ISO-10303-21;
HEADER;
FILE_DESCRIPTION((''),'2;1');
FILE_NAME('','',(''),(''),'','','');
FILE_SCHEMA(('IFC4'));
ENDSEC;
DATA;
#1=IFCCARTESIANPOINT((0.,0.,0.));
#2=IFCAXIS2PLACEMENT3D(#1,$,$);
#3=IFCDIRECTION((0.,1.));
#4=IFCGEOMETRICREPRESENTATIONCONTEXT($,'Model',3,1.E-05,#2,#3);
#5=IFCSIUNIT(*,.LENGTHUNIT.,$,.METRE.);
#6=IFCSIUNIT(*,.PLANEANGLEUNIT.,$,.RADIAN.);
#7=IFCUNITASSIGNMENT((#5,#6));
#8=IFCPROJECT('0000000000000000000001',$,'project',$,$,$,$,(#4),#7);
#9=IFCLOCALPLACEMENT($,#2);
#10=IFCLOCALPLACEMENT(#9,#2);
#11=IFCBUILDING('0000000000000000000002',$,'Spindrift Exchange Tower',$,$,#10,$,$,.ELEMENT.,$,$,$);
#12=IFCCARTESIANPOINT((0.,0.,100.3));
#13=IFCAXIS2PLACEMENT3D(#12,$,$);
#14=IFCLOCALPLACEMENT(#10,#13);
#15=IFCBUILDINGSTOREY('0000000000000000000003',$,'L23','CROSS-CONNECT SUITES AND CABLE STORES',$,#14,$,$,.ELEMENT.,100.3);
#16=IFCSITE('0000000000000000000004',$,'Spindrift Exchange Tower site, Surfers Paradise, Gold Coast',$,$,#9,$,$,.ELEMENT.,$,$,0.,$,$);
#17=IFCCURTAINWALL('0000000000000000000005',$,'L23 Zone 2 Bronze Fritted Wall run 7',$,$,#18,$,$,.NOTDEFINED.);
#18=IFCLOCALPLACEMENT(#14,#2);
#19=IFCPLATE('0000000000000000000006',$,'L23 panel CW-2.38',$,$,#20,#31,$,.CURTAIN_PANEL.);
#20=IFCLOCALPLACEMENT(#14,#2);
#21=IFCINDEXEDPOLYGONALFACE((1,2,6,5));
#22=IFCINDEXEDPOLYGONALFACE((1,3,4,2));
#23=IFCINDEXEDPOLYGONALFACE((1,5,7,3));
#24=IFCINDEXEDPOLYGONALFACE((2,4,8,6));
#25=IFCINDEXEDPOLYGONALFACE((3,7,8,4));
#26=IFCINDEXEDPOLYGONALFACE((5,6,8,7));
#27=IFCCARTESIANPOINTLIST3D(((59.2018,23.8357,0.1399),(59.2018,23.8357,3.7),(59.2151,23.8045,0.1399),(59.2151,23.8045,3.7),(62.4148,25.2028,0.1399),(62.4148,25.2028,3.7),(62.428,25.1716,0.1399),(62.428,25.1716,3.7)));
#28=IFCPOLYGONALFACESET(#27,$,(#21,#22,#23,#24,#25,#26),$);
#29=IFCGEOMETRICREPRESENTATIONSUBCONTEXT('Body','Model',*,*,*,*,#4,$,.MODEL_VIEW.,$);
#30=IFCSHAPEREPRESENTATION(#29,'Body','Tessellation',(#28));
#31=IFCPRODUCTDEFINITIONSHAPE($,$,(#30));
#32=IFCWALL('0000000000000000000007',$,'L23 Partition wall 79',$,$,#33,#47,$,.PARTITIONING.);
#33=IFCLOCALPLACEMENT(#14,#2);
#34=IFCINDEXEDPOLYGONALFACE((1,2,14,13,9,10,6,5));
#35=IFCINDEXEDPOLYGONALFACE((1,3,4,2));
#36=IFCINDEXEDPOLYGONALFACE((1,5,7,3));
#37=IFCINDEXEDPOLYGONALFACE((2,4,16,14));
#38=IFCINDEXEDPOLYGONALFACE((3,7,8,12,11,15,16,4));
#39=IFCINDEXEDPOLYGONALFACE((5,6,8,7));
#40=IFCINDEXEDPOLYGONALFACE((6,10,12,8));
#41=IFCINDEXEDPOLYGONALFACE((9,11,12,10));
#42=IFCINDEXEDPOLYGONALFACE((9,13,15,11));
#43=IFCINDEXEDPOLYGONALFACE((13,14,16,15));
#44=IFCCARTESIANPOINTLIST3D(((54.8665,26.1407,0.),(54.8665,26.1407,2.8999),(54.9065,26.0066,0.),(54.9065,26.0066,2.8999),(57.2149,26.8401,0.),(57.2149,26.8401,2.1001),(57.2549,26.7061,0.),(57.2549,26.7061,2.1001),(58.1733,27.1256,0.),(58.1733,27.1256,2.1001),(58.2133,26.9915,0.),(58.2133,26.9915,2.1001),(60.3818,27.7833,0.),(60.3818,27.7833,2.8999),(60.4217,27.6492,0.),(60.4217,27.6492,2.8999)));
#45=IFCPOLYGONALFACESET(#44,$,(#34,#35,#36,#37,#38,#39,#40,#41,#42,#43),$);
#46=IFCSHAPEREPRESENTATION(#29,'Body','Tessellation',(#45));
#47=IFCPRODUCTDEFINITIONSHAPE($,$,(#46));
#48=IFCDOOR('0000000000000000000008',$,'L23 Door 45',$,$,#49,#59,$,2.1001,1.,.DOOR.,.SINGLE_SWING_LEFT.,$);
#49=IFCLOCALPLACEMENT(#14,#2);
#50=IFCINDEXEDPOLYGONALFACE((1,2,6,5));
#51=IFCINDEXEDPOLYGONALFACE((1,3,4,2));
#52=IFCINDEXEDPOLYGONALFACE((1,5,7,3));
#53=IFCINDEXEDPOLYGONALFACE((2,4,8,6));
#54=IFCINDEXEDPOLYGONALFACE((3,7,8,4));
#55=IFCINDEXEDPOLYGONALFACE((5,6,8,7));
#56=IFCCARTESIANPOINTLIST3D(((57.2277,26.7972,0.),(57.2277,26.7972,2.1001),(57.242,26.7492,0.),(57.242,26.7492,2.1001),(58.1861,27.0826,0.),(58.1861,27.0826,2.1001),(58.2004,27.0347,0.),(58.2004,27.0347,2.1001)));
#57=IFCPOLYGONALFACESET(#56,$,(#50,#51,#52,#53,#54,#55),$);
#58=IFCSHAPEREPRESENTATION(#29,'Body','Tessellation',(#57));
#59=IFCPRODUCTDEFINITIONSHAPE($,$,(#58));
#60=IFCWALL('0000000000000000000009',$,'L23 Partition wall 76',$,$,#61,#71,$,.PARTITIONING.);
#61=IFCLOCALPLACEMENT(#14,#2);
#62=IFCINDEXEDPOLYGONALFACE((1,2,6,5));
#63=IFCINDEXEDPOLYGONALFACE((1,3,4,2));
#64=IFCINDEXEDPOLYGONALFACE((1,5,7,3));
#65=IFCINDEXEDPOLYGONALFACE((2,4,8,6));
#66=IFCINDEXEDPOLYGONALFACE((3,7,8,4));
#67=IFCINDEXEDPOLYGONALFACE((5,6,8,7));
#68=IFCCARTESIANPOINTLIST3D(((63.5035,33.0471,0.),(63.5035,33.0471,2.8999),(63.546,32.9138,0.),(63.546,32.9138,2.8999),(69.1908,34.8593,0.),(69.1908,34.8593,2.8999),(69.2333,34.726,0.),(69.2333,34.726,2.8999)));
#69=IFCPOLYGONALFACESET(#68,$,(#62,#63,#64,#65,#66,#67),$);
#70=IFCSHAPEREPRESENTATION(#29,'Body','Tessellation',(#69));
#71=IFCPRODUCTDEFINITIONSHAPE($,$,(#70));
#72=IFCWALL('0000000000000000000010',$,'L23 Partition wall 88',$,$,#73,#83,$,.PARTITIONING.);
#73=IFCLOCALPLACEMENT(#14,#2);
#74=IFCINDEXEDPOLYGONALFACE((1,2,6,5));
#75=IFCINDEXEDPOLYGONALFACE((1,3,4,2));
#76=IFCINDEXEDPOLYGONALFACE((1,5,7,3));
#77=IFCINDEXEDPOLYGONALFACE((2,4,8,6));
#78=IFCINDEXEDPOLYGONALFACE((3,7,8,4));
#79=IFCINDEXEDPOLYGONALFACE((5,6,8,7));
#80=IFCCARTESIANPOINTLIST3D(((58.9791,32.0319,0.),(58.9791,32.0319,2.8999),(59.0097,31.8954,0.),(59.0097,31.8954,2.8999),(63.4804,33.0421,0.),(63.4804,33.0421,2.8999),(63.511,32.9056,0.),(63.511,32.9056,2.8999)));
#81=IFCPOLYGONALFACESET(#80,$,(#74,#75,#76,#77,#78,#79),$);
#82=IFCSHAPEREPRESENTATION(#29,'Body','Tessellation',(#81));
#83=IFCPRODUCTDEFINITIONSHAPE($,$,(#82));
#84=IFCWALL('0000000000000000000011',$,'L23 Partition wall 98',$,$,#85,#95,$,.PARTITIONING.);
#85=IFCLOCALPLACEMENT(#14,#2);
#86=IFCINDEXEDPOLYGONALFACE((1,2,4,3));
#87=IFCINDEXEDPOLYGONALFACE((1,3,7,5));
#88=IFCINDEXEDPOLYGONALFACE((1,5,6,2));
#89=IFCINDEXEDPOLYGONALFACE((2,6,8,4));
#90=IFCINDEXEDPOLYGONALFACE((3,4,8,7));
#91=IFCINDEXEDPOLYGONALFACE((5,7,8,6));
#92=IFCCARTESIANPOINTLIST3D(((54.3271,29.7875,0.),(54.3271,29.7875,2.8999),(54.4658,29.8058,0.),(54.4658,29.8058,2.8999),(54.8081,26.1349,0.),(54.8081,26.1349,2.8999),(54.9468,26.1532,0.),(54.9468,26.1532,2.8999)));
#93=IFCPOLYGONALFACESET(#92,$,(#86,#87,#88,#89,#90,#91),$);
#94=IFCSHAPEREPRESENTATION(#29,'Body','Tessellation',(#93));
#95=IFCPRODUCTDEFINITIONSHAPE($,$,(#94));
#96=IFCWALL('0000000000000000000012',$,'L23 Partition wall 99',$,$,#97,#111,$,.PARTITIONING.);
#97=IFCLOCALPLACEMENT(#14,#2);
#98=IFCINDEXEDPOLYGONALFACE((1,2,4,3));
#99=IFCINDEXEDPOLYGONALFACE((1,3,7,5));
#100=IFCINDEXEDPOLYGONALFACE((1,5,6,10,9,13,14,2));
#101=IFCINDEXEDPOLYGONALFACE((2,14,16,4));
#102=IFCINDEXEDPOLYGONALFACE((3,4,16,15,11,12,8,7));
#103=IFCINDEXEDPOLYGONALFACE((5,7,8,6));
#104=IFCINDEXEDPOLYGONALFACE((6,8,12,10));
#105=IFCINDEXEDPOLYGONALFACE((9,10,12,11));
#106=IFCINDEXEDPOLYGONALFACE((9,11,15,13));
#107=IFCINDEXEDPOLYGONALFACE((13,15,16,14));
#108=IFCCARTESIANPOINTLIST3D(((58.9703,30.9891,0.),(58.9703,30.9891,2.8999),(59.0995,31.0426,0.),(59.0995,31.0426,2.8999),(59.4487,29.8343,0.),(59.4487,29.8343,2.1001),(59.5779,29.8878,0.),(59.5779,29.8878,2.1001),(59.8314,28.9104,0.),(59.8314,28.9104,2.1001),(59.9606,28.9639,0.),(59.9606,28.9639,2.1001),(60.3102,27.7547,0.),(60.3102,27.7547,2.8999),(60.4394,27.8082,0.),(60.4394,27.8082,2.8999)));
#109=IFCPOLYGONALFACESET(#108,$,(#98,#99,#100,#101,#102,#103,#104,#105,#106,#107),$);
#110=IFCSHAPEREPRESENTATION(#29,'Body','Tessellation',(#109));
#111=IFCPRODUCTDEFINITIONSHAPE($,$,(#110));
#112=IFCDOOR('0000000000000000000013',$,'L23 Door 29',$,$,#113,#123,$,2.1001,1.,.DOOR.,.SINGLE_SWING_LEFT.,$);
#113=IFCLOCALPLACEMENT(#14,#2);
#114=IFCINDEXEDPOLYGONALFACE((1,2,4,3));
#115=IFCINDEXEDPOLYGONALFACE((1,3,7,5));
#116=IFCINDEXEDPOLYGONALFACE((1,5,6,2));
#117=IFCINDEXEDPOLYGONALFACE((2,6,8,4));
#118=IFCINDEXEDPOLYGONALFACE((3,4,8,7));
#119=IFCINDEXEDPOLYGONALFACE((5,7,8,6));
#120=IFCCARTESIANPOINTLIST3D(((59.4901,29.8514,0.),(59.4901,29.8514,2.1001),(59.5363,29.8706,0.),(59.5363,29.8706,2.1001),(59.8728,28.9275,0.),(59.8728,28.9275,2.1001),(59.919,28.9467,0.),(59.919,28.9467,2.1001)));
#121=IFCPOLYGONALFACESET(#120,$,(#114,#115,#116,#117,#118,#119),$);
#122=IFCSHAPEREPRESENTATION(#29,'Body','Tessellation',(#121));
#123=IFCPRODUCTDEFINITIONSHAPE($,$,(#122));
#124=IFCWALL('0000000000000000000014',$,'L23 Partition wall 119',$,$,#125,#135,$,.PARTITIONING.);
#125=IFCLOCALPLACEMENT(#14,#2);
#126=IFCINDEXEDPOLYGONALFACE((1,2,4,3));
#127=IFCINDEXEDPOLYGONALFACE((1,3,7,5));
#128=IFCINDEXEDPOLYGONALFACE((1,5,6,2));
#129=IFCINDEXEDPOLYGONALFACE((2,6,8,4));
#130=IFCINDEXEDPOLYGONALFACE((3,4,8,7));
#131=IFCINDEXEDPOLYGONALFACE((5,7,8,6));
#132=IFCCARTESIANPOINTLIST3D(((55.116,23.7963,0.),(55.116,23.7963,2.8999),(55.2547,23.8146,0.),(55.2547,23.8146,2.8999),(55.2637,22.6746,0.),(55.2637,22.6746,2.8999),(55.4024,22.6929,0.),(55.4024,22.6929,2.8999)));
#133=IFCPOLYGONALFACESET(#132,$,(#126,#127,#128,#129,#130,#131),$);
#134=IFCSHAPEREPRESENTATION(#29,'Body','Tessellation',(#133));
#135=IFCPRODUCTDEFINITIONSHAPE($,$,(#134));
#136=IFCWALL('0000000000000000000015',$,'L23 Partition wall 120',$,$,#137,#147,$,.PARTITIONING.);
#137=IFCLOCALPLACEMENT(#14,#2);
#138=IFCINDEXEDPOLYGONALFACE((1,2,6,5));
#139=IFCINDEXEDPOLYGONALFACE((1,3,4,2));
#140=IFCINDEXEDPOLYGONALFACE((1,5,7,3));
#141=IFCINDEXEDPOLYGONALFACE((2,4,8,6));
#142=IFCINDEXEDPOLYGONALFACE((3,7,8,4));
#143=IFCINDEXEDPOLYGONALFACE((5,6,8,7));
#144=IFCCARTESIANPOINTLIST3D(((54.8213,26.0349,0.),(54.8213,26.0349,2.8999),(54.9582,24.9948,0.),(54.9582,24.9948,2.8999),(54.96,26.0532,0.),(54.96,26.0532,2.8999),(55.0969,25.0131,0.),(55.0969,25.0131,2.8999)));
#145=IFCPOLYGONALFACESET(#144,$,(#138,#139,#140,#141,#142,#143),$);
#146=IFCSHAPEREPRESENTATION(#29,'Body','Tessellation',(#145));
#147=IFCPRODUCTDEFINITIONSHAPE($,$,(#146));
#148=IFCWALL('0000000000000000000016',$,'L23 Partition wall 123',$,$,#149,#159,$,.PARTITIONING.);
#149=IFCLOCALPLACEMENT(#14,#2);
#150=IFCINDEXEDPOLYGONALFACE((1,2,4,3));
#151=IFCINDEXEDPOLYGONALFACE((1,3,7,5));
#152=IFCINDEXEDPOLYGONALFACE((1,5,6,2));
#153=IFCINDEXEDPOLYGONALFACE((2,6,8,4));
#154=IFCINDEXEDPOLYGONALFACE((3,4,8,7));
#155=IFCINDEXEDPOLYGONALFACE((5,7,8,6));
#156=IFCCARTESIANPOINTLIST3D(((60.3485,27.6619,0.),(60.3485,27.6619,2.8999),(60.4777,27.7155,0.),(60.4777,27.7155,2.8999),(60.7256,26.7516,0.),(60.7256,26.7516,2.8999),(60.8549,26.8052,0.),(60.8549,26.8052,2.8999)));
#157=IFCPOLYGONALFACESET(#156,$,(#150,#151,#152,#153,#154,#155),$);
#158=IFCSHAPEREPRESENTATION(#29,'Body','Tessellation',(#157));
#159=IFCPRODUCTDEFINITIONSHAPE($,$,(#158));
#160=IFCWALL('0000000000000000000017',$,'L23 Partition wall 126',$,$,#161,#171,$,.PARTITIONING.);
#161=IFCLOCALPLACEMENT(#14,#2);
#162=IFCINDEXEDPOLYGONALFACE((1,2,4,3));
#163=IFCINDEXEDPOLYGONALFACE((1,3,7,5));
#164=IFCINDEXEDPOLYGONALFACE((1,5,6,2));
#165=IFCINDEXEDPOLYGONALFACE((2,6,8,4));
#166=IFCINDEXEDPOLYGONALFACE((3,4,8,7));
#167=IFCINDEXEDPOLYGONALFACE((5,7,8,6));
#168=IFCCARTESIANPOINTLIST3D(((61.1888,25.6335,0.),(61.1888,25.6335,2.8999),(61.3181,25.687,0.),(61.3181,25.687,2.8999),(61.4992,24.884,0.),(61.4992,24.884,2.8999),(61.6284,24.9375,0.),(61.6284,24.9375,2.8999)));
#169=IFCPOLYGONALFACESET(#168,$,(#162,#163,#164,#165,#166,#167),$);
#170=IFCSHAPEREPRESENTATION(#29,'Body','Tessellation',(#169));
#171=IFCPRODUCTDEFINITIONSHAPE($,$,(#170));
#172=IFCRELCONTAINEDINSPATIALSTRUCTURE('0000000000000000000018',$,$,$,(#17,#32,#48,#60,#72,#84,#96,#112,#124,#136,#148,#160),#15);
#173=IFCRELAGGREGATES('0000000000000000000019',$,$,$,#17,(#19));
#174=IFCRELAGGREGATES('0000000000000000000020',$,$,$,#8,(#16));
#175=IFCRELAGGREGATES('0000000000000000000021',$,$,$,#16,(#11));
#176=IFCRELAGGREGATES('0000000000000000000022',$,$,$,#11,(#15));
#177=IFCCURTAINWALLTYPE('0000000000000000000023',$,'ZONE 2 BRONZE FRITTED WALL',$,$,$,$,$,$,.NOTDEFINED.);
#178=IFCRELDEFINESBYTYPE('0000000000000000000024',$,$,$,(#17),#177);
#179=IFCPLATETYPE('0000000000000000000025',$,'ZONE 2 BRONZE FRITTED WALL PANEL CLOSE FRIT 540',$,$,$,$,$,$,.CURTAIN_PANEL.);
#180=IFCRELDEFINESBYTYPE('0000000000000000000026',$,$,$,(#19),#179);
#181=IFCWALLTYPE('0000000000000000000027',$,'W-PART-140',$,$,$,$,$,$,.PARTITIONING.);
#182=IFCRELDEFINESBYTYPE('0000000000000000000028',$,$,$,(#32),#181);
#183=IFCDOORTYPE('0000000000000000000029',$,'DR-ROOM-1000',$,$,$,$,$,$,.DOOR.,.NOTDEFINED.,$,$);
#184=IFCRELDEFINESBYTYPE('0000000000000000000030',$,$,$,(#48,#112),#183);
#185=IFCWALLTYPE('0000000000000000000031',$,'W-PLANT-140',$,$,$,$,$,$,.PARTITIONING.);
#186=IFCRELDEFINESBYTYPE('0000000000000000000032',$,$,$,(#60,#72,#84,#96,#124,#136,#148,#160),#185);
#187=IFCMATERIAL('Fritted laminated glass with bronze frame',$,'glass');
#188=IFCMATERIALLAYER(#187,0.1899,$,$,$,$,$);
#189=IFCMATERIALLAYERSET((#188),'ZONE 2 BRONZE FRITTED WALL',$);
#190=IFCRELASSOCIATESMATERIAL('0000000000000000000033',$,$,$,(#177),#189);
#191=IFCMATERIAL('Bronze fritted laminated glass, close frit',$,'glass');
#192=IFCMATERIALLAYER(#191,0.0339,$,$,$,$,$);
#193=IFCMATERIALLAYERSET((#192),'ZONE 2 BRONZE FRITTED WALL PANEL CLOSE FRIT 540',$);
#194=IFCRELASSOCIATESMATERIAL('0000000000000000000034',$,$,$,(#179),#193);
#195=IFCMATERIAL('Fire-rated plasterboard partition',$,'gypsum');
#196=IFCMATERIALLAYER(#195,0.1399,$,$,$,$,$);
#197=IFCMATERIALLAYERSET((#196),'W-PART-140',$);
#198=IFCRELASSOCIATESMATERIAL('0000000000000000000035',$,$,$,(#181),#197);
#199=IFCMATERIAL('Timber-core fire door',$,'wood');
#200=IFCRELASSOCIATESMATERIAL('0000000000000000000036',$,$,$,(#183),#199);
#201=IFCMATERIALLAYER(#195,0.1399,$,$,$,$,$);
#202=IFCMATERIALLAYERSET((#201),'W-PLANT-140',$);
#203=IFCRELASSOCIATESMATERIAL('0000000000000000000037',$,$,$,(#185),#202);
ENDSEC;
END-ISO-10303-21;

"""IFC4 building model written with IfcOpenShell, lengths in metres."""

from ifc_helpers import new_model, si_unit, direction, frame, frame_2d, origin, origin_2d, place, context, subcontext, project, spatial, rectangle, extrude, source, transform, mapped, material, layer, layer_set, type_object, element, fill, aggregate, save


model = new_model("IFC4")

# Units and contexts
model_context = context("Model", 3, precision=1e-05, world=origin(), true_north=direction((0.0, 1.0)))
body_context = subcontext(model_context, "Body", "Model", "MODEL_VIEW")
ifc_project = project(units=[si_unit("LENGTHUNIT", "METRE"), si_unit("PLANEANGLEUNIT", "RADIAN")], contexts=[model_context])

# Site, building, storey
site_placement = place(None, origin())
site = spatial("IfcSite", under=ifc_project, at=site_placement, Name="Spindrift Exchange Tower site, Surfers Paradise, Gold Coast", CompositionType="ELEMENT", RefElevation=0.0)
building_placement = place(site_placement, origin())
building = spatial("IfcBuilding", under=site, at=building_placement, Name="Spindrift Exchange Tower", CompositionType="ELEMENT")
storey_placement = place(building_placement, frame((0.0, 0.0, 100.3)))
storey = spatial("IfcBuildingStorey", under=building, at=storey_placement, Name="L23", Description="CROSS-CONNECT SUITES AND CABLE STORES", CompositionType="ELEMENT", Elevation=100.3)

# Curtain wall
ifc_material_1 = material(Name="Fritted laminated glass with bronze frame", Category="glass")
ifc_layer_1 = layer(ifc_material_1, 0.1899)
ifc_layer_set_1 = layer_set([ifc_layer_1], Name="ZONE 2 BRONZE FRITTED WALL")
curtain_wall_type = type_object("IfcCurtainWallType", Name="ZONE 2 BRONZE FRITTED WALL", PredefinedType="NOTDEFINED", material=ifc_layer_set_1)
curtain_wall_1_placement = place(storey_placement, origin())
curtain_wall_1 = element("IfcCurtainWall", 1, at=curtain_wall_1_placement, inside=storey, type_object=curtain_wall_type, Name="L23 Zone 2 Bronze Fritted Wall run 7", PredefinedType="NOTDEFINED")

# Shared definitions
ifc_material_2 = material(Name="Bronze fritted laminated glass, close frit", Category="glass")

# Plate
ifc_layer_2 = layer(ifc_material_2, 0.0339)
ifc_layer_set_2 = layer_set([ifc_layer_2], Name="ZONE 2 BRONZE FRITTED WALL PANEL CLOSE FRIT 540")
plate_type_1 = type_object("IfcPlateType", Name="ZONE 2 BRONZE FRITTED WALL PANEL CLOSE FRIT 540", PredefinedType="CURTAIN_PANEL", material=ifc_layer_set_2)
shared_shape_1 = source(origin(), body_context, "Body", "SweptSolid", [
    extrude(rectangle(XDim=3.4917, YDim=0.0339, at=origin_2d()), origin(), (0.0, 0.0, 1.0), 3.5601),
])
plate_1_placement = place(storey_placement, frame((60.8149, 24.5037, 0.1399), z_axis=(0.0, 0.0, 1.0), x_axis=(0.92016, 0.391542, 0.0)))
plate_1 = element("IfcPlate", 2, at=plate_1_placement, type_object=plate_type_1, Name="L23 panel CW-2.38", PredefinedType="CURTAIN_PANEL", context=body_context, shape_type="MappedRepresentation", body=[
    mapped(shared_shape_1, transform((0.0, 0.0, 0.0), scale=1.0)),
])
aggregate(curtain_wall_1, [plate_1])

# Wall, opening, door
ifc_material_3 = material(Name="Fire-rated plasterboard partition", Category="gypsum")
ifc_layer_3 = layer(ifc_material_3, 0.1399)
ifc_layer_set_3 = layer_set([ifc_layer_3], Name="W-PART-140")
wall_type_1 = type_object("IfcWallType", Name="W-PART-140", PredefinedType="PARTITIONING", material=ifc_layer_set_3)
wall_1_placement = place(storey_placement, frame((60.4019, 27.7163, 0.0), z_axis=(0.0, 0.0, 1.0), x_axis=(-0.958397, -0.28544, 0.0)))
wall_1 = element("IfcWall", 3, at=wall_1_placement, inside=storey, type_object=wall_type_1, Name="L23 Partition wall 79", PredefinedType="PARTITIONING", context=body_context, shape_type="SweptSolid", body=[
    extrude(rectangle(XDim=5.7546, YDim=0.1399, at=frame_2d((2.8774, 0.0))), origin(), (0.0, 0.0, 1.0), 2.8999),
])
opening_1_placement = place(wall_1_placement, frame((2.3044, 0.0, 0.0)))
opening_1 = element("IfcOpeningElement", 4, at=opening_1_placement, cuts=wall_1, PredefinedType="OPENING", context=body_context, shape_type="SweptSolid", body=[
    extrude(rectangle(XDim=1.0, YDim=2.1001, at=frame_2d((0.5, 1.05))), frame((0.0, 0.0798, 0.0), z_axis=(0.0, -1.0, 0.0), x_axis=(1.0, 0.0, 0.0)), (0.0, 0.0, 1.0), 0.1599),
])
ifc_material_4 = material(Name="Timber-core fire door", Category="wood")
door_type = type_object("IfcDoorType", Name="DR-ROOM-1000", OperationType="NOTDEFINED", PredefinedType="DOOR", material=ifc_material_4)
shared_shape_2 = source(origin(), body_context, "Body", "SweptSolid", [
    extrude(rectangle(XDim=1.0, YDim=2.1001, at=frame_2d((0.5, 1.05))), frame((0.0, 0.0249, 0.0), z_axis=(0.0, -1.0, 0.0), x_axis=(1.0, 0.0, 0.0)), (0.0, 0.0, 1.0), 0.05),
])
door_1_placement = place(opening_1_placement, origin())
door_1 = element("IfcDoor", 5, at=door_1_placement, inside=storey, type_object=door_type, Name="L23 Door 45", OperationType="SINGLE_SWING_LEFT", OverallHeight=2.1001, OverallWidth=1.0, PredefinedType="DOOR", context=body_context, shape_type="MappedRepresentation", body=[
    mapped(shared_shape_2, transform((0.0, 0.0, 0.0), scale=1.0)),
])
fill(opening_1, door_1)

# Walls
ifc_layer_4 = layer(ifc_material_3, 0.1399)
ifc_layer_set_4 = layer_set([ifc_layer_4], Name="W-PLANT-140")
wall_type_2 = type_object("IfcWallType", Name="W-PLANT-140", PredefinedType="PARTITIONING", material=ifc_layer_set_4)
wall_2_placement = place(storey_placement, frame((63.5249, 32.9805, 0.0), z_axis=(0.0, 0.0, 1.0), x_axis=(0.952796, 0.30361, 0.0)))
element("IfcWall", 6, at=wall_2_placement, inside=storey, type_object=wall_type_2, Name="L23 Partition wall 76", PredefinedType="PARTITIONING", context=body_context, shape_type="SweptSolid", body=[
    extrude(rectangle(XDim=5.969, YDim=0.1399, at=frame_2d((2.9844, 0.0))), origin(), (0.0, 0.0, 1.0), 2.8999),
])
wall_3_placement = place(storey_placement, frame((58.9944, 31.9636, 0.0), z_axis=(0.0, 0.0, 1.0), x_axis=(0.975727, 0.218992, 0.0)))
element("IfcWall", 7, at=wall_3_placement, inside=storey, type_object=wall_type_2, Name="L23 Partition wall 88", PredefinedType="PARTITIONING", context=body_context, shape_type="SweptSolid", body=[
    extrude(rectangle(XDim=4.6133, YDim=0.1399, at=frame_2d((2.3066, 0.0))), origin(), (0.0, 0.0, 1.0), 2.8999),
])
wall_4_placement = place(storey_placement, frame((54.3965, 29.7966, 0.0), z_axis=(0.0, 0.0, 1.0), x_axis=(0.130549, -0.991442, 0.0)))
element("IfcWall", 8, at=wall_4_placement, inside=storey, type_object=wall_type_2, Name="L23 Partition wall 98", PredefinedType="PARTITIONING", context=body_context, shape_type="SweptSolid", body=[
    extrude(rectangle(XDim=3.6841, YDim=0.1399, at=frame_2d((1.842, 0.0))), origin(), (0.0, 0.0, 1.0), 2.8999),
])

# Wall, opening, door
wall_5_placement = place(storey_placement, frame((59.0349, 31.0159, 0.0), z_axis=(0.0, 0.0, 1.0), x_axis=(0.382713, -0.923867, 0.0)))
wall_5 = element("IfcWall", 9, at=wall_5_placement, inside=storey, type_object=wall_type_2, Name="L23 Partition wall 99", PredefinedType="PARTITIONING", context=body_context, shape_type="SweptSolid", body=[
    extrude(rectangle(XDim=3.501, YDim=0.1399, at=frame_2d((1.7505, 0.0))), origin(), (0.0, 0.0, 1.0), 2.8999),
])
opening_2_placement = place(wall_5_placement, frame((1.25, 0.0, 0.0)))
opening_2 = element("IfcOpeningElement", 10, at=opening_2_placement, cuts=wall_5, PredefinedType="OPENING", context=body_context, shape_type="SweptSolid", body=[
    extrude(rectangle(XDim=1.0, YDim=2.1001, at=frame_2d((0.5, 1.05))), frame((0.0, 0.0798, 0.0), z_axis=(0.0, -1.0, 0.0), x_axis=(1.0, 0.0, 0.0)), (0.0, 0.0, 1.0), 0.1599),
])
door_2_placement = place(opening_2_placement, origin())
door_2 = element("IfcDoor", 11, at=door_2_placement, inside=storey, type_object=door_type, Name="L23 Door 29", OperationType="SINGLE_SWING_LEFT", OverallHeight=2.1001, OverallWidth=1.0, PredefinedType="DOOR", context=body_context, shape_type="MappedRepresentation", body=[
    mapped(shared_shape_2, transform((0.0, 0.0, 0.0), scale=1.0)),
])
fill(opening_2, door_2)

# Walls
wall_6_placement = place(storey_placement, frame((55.1853, 23.8054, 0.0), z_axis=(0.0, 0.0, 1.0), x_axis=(0.130566, -0.99144, 0.0)))
element("IfcWall", 12, at=wall_6_placement, inside=storey, type_object=wall_type_2, Name="L23 Partition wall 119", PredefinedType="PARTITIONING", context=body_context, shape_type="SweptSolid", body=[
    extrude(rectangle(XDim=1.1313, YDim=0.1399, at=frame_2d((0.5657, 0.0))), origin(), (0.0, 0.0, 1.0), 2.8999),
])
wall_7_placement = place(storey_placement, frame((54.8906, 26.0439, 0.0), z_axis=(0.0, 0.0, 1.0), x_axis=(0.130563, -0.99144, 0.0)))
element("IfcWall", 13, at=wall_7_placement, inside=storey, type_object=wall_type_2, Name="L23 Partition wall 120", PredefinedType="PARTITIONING", context=body_context, shape_type="SweptSolid", body=[
    extrude(rectangle(XDim=1.0491, YDim=0.1399, at=frame_2d((0.5244, 0.0))), origin(), (0.0, 0.0, 1.0), 2.8999),
])
wall_8_placement = place(storey_placement, frame((60.4131, 27.6887, 0.0), z_axis=(0.0, 0.0, 1.0), x_axis=(0.382768, -0.923845, 0.0)))
element("IfcWall", 14, at=wall_8_placement, inside=storey, type_object=wall_type_2, Name="L23 Partition wall 123", PredefinedType="PARTITIONING", context=body_context, shape_type="SweptSolid", body=[
    extrude(rectangle(XDim=0.9854, YDim=0.1399, at=frame_2d((0.4927, 0.0))), origin(), (0.0, 0.0, 1.0), 2.8999),
])
wall_9_placement = place(storey_placement, frame((61.2534, 25.6604, 0.0), z_axis=(0.0, 0.0, 1.0), x_axis=(0.38252, -0.923947, 0.0)))
element("IfcWall", 15, at=wall_9_placement, inside=storey, type_object=wall_type_2, Name="L23 Partition wall 126", PredefinedType="PARTITIONING", context=body_context, shape_type="SweptSolid", body=[
    extrude(rectangle(XDim=0.8113, YDim=0.1399, at=frame_2d((0.4058, 0.0))), origin(), (0.0, 0.0, 1.0), 2.8999),
])

save(model, "model.ifc")
